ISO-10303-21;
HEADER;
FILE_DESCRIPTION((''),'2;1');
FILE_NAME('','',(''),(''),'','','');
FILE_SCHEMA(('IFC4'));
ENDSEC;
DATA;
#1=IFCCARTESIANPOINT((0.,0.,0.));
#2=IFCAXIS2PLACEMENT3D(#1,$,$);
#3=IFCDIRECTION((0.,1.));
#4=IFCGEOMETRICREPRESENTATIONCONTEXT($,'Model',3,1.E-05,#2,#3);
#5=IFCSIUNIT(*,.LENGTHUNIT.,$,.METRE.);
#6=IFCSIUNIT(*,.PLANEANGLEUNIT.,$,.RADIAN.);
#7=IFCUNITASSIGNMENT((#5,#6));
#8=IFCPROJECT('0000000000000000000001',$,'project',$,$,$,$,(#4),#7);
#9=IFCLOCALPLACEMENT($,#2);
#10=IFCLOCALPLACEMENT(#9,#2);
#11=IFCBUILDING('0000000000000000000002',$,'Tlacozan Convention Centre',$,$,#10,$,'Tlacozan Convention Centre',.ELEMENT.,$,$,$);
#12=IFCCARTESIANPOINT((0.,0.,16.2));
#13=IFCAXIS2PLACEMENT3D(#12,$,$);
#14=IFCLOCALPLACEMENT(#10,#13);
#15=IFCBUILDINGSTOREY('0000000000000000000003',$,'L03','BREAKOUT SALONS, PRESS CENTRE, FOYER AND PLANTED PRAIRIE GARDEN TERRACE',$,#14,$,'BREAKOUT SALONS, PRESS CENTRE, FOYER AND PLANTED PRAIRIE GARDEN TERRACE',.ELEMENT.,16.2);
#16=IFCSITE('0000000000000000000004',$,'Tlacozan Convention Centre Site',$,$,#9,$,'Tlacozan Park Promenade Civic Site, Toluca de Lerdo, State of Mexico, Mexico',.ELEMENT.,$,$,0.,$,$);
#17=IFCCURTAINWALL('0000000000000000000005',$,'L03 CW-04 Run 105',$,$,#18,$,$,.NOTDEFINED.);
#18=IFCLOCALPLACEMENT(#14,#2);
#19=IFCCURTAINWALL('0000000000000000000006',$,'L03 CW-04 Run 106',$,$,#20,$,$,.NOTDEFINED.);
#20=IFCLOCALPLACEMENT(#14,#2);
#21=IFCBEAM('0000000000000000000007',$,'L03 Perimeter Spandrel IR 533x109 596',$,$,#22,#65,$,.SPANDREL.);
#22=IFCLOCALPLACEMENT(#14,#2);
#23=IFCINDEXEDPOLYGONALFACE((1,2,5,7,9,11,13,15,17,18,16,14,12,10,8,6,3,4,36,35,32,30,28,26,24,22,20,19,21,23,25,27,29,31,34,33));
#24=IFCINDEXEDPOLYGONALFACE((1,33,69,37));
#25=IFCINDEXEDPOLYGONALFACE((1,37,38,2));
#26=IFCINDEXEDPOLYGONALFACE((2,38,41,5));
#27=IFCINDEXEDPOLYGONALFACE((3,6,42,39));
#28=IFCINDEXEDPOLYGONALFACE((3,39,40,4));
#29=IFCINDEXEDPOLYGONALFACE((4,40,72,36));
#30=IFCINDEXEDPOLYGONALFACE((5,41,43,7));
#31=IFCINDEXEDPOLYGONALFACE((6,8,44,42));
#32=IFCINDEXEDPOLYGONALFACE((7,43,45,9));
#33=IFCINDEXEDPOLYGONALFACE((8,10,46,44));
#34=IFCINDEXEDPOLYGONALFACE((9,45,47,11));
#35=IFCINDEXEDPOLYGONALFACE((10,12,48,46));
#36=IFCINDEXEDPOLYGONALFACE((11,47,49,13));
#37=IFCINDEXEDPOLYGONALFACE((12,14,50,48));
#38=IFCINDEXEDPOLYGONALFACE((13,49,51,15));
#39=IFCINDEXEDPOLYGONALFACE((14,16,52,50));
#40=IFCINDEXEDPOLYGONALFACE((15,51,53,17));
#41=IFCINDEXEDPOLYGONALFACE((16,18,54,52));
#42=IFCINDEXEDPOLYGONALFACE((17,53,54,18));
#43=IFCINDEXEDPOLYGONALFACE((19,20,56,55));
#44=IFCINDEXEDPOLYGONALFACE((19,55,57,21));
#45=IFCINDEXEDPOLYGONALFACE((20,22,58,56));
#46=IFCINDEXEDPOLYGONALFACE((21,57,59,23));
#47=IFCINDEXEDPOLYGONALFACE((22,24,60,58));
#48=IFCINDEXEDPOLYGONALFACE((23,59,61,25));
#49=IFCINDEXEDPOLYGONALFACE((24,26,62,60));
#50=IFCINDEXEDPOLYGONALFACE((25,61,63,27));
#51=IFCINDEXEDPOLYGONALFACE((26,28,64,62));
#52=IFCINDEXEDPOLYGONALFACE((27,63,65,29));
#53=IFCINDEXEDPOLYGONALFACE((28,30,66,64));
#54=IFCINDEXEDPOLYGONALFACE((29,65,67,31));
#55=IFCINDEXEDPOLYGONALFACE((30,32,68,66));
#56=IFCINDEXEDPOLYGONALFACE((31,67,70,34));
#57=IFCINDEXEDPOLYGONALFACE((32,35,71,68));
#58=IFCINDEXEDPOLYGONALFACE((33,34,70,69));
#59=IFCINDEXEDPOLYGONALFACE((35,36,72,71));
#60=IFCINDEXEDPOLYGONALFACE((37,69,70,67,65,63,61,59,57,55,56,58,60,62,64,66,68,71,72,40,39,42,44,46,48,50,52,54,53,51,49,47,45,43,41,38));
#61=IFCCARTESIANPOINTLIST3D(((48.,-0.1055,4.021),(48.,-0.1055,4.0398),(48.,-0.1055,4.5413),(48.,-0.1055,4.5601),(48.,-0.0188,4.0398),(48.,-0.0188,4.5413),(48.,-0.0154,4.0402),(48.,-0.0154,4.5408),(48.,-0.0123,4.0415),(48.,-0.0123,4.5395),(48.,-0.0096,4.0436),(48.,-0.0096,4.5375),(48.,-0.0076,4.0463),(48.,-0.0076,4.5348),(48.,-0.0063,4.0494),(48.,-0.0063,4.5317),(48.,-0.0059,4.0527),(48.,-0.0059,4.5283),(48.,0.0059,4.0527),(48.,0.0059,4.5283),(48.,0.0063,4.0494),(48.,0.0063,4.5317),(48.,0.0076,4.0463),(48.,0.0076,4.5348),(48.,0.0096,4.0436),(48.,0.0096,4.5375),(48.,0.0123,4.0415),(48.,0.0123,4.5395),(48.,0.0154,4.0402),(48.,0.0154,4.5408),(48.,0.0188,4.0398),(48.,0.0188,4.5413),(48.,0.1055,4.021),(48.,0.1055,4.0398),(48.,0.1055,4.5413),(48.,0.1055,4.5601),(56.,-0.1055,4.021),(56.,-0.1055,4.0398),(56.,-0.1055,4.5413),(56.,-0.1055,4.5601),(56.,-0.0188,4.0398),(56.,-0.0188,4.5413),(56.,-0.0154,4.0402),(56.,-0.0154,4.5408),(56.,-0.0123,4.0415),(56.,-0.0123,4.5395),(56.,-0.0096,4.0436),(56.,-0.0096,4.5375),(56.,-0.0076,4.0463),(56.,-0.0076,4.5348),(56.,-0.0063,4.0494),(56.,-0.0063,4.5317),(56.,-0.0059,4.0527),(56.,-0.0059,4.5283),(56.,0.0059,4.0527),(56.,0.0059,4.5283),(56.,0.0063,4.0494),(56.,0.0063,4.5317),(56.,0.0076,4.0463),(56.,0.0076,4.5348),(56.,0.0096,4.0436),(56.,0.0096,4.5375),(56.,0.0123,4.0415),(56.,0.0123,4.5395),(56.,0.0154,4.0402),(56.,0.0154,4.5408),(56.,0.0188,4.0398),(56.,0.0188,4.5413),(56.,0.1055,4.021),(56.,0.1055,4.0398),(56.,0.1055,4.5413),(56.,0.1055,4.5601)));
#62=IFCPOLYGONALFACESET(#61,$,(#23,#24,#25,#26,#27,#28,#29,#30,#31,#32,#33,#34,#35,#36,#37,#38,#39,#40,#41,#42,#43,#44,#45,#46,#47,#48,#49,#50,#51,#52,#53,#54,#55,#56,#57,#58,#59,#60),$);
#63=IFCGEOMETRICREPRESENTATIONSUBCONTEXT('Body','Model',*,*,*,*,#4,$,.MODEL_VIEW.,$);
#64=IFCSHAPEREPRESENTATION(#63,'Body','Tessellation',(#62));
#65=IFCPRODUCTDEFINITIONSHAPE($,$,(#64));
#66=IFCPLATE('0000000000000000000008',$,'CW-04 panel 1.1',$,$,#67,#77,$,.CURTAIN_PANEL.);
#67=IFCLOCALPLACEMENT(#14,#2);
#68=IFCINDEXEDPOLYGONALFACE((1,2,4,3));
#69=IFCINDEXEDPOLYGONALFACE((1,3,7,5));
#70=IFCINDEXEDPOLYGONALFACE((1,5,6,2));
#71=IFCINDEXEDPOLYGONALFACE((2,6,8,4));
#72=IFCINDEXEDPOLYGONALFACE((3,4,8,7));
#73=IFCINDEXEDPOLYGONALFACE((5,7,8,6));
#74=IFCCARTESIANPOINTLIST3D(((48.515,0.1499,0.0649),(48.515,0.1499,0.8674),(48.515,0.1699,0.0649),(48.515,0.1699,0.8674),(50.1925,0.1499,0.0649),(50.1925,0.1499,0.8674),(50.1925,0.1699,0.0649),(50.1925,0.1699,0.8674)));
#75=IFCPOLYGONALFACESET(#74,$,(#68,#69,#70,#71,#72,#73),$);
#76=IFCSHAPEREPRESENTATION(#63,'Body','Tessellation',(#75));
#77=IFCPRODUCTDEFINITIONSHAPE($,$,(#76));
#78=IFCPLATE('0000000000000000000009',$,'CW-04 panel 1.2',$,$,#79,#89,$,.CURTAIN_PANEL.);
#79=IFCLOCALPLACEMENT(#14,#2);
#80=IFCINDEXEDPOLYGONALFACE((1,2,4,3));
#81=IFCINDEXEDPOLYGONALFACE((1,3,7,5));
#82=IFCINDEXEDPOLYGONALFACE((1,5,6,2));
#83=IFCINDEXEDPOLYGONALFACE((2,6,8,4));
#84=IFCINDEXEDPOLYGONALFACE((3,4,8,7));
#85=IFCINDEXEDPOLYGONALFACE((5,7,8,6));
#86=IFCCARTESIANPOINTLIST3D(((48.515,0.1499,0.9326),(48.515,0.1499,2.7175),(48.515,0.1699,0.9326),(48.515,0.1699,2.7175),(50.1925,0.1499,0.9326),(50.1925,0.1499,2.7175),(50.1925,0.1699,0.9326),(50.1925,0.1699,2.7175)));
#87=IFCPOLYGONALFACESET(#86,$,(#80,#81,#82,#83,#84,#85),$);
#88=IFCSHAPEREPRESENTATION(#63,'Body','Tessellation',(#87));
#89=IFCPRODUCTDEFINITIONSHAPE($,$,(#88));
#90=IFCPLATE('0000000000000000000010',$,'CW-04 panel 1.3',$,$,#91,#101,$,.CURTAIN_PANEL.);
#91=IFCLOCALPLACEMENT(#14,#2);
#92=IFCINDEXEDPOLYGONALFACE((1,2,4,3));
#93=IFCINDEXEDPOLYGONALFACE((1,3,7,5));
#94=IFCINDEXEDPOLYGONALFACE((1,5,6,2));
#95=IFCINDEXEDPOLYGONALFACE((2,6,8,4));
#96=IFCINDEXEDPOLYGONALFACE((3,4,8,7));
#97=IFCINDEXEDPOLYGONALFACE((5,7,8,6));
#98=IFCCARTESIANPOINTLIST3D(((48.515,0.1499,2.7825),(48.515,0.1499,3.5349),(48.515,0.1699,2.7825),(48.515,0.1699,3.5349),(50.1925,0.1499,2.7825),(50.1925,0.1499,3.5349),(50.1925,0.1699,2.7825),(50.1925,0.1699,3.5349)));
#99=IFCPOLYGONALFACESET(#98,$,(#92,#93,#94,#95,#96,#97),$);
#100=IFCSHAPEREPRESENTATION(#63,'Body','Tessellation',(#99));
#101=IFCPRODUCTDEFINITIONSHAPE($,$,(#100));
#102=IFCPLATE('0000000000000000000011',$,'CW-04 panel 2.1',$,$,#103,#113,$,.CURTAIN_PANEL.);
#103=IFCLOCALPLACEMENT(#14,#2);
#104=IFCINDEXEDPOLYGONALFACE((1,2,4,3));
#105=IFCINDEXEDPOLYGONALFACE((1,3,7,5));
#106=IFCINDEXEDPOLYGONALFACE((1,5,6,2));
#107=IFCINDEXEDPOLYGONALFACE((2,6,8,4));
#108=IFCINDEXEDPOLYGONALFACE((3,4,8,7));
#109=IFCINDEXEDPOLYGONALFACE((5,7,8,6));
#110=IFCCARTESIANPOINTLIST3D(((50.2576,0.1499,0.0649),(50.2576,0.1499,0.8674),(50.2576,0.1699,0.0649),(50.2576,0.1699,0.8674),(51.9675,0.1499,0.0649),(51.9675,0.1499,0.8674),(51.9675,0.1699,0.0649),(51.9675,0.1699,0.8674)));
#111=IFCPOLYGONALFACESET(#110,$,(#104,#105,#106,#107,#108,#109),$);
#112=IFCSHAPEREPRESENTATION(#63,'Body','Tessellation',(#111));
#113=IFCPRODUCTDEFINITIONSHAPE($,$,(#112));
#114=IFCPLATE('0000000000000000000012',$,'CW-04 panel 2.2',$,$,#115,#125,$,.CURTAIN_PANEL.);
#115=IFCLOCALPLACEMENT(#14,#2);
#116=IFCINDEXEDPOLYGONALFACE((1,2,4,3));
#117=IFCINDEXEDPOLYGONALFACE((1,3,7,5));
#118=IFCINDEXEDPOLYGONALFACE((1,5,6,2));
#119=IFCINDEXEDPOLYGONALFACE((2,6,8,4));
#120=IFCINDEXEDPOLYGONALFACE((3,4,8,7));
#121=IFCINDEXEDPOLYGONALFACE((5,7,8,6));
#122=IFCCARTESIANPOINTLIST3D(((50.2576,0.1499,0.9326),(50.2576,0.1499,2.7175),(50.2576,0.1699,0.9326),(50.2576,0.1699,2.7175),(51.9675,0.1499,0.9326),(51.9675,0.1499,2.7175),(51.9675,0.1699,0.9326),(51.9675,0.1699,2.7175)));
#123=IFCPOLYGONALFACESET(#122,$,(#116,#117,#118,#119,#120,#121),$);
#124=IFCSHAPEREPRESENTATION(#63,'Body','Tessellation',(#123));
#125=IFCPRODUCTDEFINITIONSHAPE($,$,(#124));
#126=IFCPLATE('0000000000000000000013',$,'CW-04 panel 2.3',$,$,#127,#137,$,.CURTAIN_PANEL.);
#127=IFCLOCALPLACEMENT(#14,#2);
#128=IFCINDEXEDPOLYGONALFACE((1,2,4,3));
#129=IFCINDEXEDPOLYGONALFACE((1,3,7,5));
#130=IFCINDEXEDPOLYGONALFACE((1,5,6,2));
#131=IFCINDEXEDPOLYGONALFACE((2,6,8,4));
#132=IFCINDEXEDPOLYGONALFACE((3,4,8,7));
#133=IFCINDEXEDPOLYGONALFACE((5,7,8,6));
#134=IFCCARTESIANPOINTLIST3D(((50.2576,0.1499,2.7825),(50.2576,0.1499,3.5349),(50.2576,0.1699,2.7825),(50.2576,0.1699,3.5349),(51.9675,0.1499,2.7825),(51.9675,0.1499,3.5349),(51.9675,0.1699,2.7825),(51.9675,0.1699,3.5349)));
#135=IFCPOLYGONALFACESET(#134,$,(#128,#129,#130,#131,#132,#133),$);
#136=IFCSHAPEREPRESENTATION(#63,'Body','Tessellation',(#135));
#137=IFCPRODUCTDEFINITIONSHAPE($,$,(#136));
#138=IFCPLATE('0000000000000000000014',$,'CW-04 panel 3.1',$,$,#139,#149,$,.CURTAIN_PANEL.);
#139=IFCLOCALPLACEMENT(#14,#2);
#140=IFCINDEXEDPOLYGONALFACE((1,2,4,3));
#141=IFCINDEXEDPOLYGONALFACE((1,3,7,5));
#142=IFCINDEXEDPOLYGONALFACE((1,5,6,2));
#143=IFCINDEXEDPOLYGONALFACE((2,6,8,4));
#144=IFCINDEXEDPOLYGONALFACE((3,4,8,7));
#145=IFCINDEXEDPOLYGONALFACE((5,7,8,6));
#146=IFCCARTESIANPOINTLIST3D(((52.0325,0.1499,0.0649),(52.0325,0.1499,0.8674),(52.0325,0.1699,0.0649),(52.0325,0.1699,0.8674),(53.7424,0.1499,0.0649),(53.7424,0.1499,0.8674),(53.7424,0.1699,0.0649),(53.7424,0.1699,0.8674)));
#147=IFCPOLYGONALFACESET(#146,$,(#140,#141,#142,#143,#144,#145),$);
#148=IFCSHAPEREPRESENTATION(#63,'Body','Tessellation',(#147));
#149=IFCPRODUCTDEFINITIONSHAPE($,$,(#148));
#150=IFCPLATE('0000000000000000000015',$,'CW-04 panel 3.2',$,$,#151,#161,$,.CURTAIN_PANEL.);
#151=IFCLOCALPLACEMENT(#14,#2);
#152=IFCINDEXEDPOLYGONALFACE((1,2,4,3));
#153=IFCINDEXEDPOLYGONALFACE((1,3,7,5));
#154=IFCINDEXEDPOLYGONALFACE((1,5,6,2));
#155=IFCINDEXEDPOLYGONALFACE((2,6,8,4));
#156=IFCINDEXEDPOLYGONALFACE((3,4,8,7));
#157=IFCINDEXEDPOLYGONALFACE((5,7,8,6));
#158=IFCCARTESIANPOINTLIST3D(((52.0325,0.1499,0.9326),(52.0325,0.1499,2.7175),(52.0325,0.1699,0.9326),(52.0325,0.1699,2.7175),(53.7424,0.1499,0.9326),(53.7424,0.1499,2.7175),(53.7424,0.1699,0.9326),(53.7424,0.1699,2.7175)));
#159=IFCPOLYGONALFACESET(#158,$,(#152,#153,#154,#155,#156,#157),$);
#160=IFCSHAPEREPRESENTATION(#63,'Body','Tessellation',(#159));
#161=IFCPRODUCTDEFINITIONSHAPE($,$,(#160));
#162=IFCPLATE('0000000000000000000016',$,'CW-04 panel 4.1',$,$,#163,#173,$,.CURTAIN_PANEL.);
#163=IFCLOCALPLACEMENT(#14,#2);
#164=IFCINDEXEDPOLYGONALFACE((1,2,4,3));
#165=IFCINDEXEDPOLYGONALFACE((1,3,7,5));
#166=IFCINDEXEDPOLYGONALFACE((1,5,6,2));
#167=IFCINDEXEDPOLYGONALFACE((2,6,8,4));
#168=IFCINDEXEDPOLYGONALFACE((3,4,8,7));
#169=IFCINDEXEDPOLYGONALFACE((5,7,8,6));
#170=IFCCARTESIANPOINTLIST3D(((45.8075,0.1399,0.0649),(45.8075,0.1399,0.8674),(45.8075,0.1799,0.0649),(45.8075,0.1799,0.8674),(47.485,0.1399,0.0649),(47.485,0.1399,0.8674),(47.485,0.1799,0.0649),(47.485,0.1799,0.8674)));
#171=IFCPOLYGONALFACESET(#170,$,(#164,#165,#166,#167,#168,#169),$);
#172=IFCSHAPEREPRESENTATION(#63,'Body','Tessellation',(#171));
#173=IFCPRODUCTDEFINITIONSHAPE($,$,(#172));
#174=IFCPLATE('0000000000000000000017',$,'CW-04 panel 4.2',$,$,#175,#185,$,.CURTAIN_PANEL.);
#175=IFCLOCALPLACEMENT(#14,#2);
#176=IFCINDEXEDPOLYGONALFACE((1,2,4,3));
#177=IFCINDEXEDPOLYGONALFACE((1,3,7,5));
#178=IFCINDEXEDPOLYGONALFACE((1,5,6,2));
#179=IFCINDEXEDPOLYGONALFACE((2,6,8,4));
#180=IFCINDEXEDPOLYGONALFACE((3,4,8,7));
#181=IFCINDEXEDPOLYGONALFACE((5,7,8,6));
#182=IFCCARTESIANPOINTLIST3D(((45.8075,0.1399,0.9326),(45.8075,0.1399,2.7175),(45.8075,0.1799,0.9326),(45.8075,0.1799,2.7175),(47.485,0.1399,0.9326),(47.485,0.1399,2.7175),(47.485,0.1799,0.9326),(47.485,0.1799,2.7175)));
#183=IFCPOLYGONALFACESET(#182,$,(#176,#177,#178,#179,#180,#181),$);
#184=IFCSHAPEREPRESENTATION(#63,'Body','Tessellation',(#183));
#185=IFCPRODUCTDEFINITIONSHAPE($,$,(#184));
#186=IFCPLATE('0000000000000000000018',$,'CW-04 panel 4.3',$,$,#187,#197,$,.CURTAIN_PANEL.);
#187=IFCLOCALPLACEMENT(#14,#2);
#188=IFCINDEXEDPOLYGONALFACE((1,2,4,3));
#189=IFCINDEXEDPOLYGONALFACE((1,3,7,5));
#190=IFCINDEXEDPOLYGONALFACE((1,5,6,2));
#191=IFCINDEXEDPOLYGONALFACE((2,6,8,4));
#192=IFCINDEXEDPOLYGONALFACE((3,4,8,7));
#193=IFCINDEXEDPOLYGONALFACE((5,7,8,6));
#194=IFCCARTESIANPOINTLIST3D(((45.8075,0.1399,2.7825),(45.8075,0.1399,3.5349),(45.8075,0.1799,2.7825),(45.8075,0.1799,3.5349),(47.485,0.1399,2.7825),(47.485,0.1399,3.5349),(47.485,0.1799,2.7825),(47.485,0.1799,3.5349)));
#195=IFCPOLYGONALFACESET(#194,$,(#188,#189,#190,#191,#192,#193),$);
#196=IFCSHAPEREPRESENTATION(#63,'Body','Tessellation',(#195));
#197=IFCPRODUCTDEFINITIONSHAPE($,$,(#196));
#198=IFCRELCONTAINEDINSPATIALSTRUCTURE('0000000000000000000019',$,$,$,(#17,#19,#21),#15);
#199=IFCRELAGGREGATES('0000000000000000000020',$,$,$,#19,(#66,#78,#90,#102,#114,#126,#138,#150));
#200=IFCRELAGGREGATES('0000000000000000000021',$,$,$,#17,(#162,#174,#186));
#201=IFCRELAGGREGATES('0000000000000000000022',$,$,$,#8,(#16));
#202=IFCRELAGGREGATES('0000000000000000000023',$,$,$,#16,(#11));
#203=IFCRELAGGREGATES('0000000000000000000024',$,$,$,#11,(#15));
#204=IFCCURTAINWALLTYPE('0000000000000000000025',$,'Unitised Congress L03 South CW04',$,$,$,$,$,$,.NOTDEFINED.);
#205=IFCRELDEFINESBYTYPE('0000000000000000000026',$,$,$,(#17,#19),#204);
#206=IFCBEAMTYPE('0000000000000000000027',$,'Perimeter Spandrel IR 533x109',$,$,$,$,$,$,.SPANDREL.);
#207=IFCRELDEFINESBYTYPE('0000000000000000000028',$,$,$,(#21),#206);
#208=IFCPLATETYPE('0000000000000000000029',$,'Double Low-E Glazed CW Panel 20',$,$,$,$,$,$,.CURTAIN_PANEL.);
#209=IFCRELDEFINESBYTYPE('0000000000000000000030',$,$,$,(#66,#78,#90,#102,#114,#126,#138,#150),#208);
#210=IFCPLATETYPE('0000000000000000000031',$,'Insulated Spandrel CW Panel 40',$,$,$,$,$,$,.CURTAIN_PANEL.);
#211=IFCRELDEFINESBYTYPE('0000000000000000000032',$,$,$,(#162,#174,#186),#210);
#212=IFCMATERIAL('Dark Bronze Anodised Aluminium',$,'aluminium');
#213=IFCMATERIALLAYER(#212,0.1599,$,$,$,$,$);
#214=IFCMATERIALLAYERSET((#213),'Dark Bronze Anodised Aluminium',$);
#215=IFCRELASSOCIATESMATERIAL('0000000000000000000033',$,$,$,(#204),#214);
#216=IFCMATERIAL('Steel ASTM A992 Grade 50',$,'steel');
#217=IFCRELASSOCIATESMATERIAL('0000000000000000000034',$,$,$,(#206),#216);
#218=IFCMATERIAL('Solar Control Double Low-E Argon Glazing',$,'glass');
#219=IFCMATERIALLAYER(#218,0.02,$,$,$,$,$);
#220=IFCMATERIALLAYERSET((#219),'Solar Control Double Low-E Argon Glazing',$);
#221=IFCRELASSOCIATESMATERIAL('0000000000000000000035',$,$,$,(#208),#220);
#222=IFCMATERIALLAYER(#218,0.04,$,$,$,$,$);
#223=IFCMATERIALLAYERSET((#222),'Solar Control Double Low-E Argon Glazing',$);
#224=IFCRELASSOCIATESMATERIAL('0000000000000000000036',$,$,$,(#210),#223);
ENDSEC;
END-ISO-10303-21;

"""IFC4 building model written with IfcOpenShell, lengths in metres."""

from ifc_helpers import new_model, si_unit, direction, frame, origin, origin_2d, place, context, subcontext, project, spatial, rectangle, i_section, extrude, material, layer, layer_set, material_profile, profile_set, type_object, element, aggregate, save


model = new_model("IFC4")

# Units and contexts
model_context = context("Model", 3, precision=1e-05, world=origin(), true_north=direction((0.0, 1.0)))
body_context = subcontext(model_context, "Body", "Model", "MODEL_VIEW")
ifc_project = project(units=[si_unit("LENGTHUNIT", "METRE"), si_unit("PLANEANGLEUNIT", "RADIAN")], contexts=[model_context])

# Site, building, storey
site_placement = place(None, origin())
site = spatial("IfcSite", under=ifc_project, at=site_placement, Name="Tlacozan Convention Centre Site", LongName="Tlacozan Park Promenade Civic Site, Toluca de Lerdo, State of Mexico, Mexico", CompositionType="ELEMENT", RefElevation=0.0)
building_placement = place(site_placement, origin())
building = spatial("IfcBuilding", under=site, at=building_placement, Name="Tlacozan Convention Centre", LongName="Tlacozan Convention Centre", CompositionType="ELEMENT")
storey_placement = place(building_placement, frame((0.0, 0.0, 16.2)))
storey = spatial("IfcBuildingStorey", under=building, at=storey_placement, Name="L03", Description="BREAKOUT SALONS, PRESS CENTRE, FOYER AND PLANTED PRAIRIE GARDEN TERRACE", LongName="BREAKOUT SALONS, PRESS CENTRE, FOYER AND PLANTED PRAIRIE GARDEN TERRACE", CompositionType="ELEMENT", Elevation=16.2)

# Curtain walls
ifc_material_1 = material(Name="Dark Bronze Anodised Aluminium", Category="aluminium")
ifc_layer_1 = layer(ifc_material_1, 0.1599)
ifc_layer_set_1 = layer_set([ifc_layer_1], Name="Dark Bronze Anodised Aluminium")
curtain_wall_type = type_object("IfcCurtainWallType", Name="Unitised Congress L03 South CW04", PredefinedType="NOTDEFINED", material=ifc_layer_set_1)
curtain_wall_1_placement = place(storey_placement, origin())
curtain_wall_1 = element("IfcCurtainWall", 1, at=curtain_wall_1_placement, inside=storey, type_object=curtain_wall_type, Name="L03 CW-04 Run 105", PredefinedType="NOTDEFINED")
curtain_wall_2_placement = place(storey_placement, origin())
curtain_wall_2 = element("IfcCurtainWall", 2, at=curtain_wall_2_placement, inside=storey, type_object=curtain_wall_type, Name="L03 CW-04 Run 106", PredefinedType="NOTDEFINED")

# Beam
ifc_material_2 = material(Name="Steel ASTM A992 Grade 50", Category="steel")
ifc_material_profile_1 = material_profile(ifc_material_2, i_section(OverallWidth=0.2109, OverallDepth=0.5391, WebThickness=0.0117, FlangeThickness=0.0188, FilletRadius=0.0129, at=origin_2d()), Name="IR 533x109.0")
ifc_profile_set_1 = profile_set([ifc_material_profile_1], Name="Steel ASTM A992 Grade 50")
beam_type_1 = type_object("IfcBeamType", Name="Perimeter Spandrel IR 533x109", PredefinedType="SPANDREL", material=ifc_profile_set_1)
beam_1_placement = place(storey_placement, frame((48.0, 0.0, 4.2905), z_axis=(1.0, 0.0, 0.0), x_axis=(0.0, 1.0, 0.0)))
element("IfcBeam", 3, at=beam_1_placement, inside=storey, type_object=beam_type_1, Name="L03 Perimeter Spandrel IR 533x109 596", PredefinedType="SPANDREL", context=body_context, shape_type="SweptSolid", body=[
    extrude(i_section(OverallWidth=0.2109, OverallDepth=0.5391, WebThickness=0.0117, FlangeThickness=0.0188, FilletRadius=0.0129, at=origin_2d()), origin(), (0.0, 0.0, 1.0), 8.0),
])

# Plates
ifc_material_3 = material(Name="Solar Control Double Low-E Argon Glazing", Category="glass")
ifc_layer_2 = layer(ifc_material_3, 0.02)
ifc_layer_set_2 = layer_set([ifc_layer_2], Name="Solar Control Double Low-E Argon Glazing")
plate_type_1 = type_object("IfcPlateType", Name="Double Low-E Glazed CW Panel 20", PredefinedType="CURTAIN_PANEL", material=ifc_layer_set_2)
plate_1_placement = place(storey_placement, frame((49.3538, 0.1599, 0.0649), z_axis=(0.0, 0.0, 1.0), x_axis=(1.0, 0.0, 0.0)))
plate_1 = element("IfcPlate", 4, at=plate_1_placement, type_object=plate_type_1, Name="CW-04 panel 1.1", PredefinedType="CURTAIN_PANEL", context=body_context, shape_type="SweptSolid", body=[
    extrude(rectangle(XDim=1.6775, YDim=0.02, at=origin_2d()), origin(), (0.0, 0.0, 1.0), 0.8025),
])
plate_2_placement = place(storey_placement, frame((49.3538, 0.1599, 0.9326), z_axis=(0.0, 0.0, 1.0), x_axis=(1.0, 0.0, 0.0)))
plate_2 = element("IfcPlate", 5, at=plate_2_placement, type_object=plate_type_1, Name="CW-04 panel 1.2", PredefinedType="CURTAIN_PANEL", context=body_context, shape_type="SweptSolid", body=[
    extrude(rectangle(XDim=1.6775, YDim=0.02, at=origin_2d()), origin(), (0.0, 0.0, 1.0), 1.7849),
])
plate_3_placement = place(storey_placement, frame((49.3538, 0.1599, 2.7825), z_axis=(0.0, 0.0, 1.0), x_axis=(1.0, 0.0, 0.0)))
plate_3 = element("IfcPlate", 6, at=plate_3_placement, type_object=plate_type_1, Name="CW-04 panel 1.3", PredefinedType="CURTAIN_PANEL", context=body_context, shape_type="SweptSolid", body=[
    extrude(rectangle(XDim=1.6775, YDim=0.02, at=origin_2d()), origin(), (0.0, 0.0, 1.0), 0.7524),
])
plate_4_placement = place(storey_placement, frame((51.1125, 0.1599, 0.0649), z_axis=(0.0, 0.0, 1.0), x_axis=(1.0, 0.0, 0.0)))
plate_4 = element("IfcPlate", 7, at=plate_4_placement, type_object=plate_type_1, Name="CW-04 panel 2.1", PredefinedType="CURTAIN_PANEL", context=body_context, shape_type="SweptSolid", body=[
    extrude(rectangle(XDim=1.71, YDim=0.02, at=origin_2d()), origin(), (0.0, 0.0, 1.0), 0.8025),
])
plate_5_placement = place(storey_placement, frame((51.1125, 0.1599, 0.9326), z_axis=(0.0, 0.0, 1.0), x_axis=(1.0, 0.0, 0.0)))
plate_5 = element("IfcPlate", 8, at=plate_5_placement, type_object=plate_type_1, Name="CW-04 panel 2.2", PredefinedType="CURTAIN_PANEL", context=body_context, shape_type="SweptSolid", body=[
    extrude(rectangle(XDim=1.71, YDim=0.02, at=origin_2d()), origin(), (0.0, 0.0, 1.0), 1.7849),
])
plate_6_placement = place(storey_placement, frame((51.1125, 0.1599, 2.7825), z_axis=(0.0, 0.0, 1.0), x_axis=(1.0, 0.0, 0.0)))
plate_6 = element("IfcPlate", 9, at=plate_6_placement, type_object=plate_type_1, Name="CW-04 panel 2.3", PredefinedType="CURTAIN_PANEL", context=body_context, shape_type="SweptSolid", body=[
    extrude(rectangle(XDim=1.71, YDim=0.02, at=origin_2d()), origin(), (0.0, 0.0, 1.0), 0.7524),
])
plate_7_placement = place(storey_placement, frame((52.8875, 0.1599, 0.0649), z_axis=(0.0, 0.0, 1.0), x_axis=(1.0, 0.0, 0.0)))
plate_7 = element("IfcPlate", 10, at=plate_7_placement, type_object=plate_type_1, Name="CW-04 panel 3.1", PredefinedType="CURTAIN_PANEL", context=body_context, shape_type="SweptSolid", body=[
    extrude(rectangle(XDim=1.71, YDim=0.02, at=origin_2d()), origin(), (0.0, 0.0, 1.0), 0.8025),
])
plate_8_placement = place(storey_placement, frame((52.8875, 0.1599, 0.9326), z_axis=(0.0, 0.0, 1.0), x_axis=(1.0, 0.0, 0.0)))
plate_8 = element("IfcPlate", 11, at=plate_8_placement, type_object=plate_type_1, Name="CW-04 panel 3.2", PredefinedType="CURTAIN_PANEL", context=body_context, shape_type="SweptSolid", body=[
    extrude(rectangle(XDim=1.71, YDim=0.02, at=origin_2d()), origin(), (0.0, 0.0, 1.0), 1.7849),
])
aggregate(curtain_wall_2, [plate_1, plate_2, plate_3, plate_4, plate_5, plate_6, plate_7, plate_8])
ifc_layer_3 = layer(ifc_material_3, 0.04)
ifc_layer_set_3 = layer_set([ifc_layer_3], Name="Solar Control Double Low-E Argon Glazing")
plate_type_2 = type_object("IfcPlateType", Name="Insulated Spandrel CW Panel 40", PredefinedType="CURTAIN_PANEL", material=ifc_layer_set_3)
plate_9_placement = place(storey_placement, frame((46.6462, 0.1599, 0.0649), z_axis=(0.0, 0.0, 1.0), x_axis=(1.0, 0.0, 0.0)))
plate_9 = element("IfcPlate", 12, at=plate_9_placement, type_object=plate_type_2, Name="CW-04 panel 4.1", PredefinedType="CURTAIN_PANEL", context=body_context, shape_type="SweptSolid", body=[
    extrude(rectangle(XDim=1.6775, YDim=0.04, at=origin_2d()), origin(), (0.0, 0.0, 1.0), 0.8025),
])
plate_10_placement = place(storey_placement, frame((46.6462, 0.1599, 0.9326), z_axis=(0.0, 0.0, 1.0), x_axis=(1.0, 0.0, 0.0)))
plate_10 = element("IfcPlate", 13, at=plate_10_placement, type_object=plate_type_2, Name="CW-04 panel 4.2", PredefinedType="CURTAIN_PANEL", context=body_context, shape_type="SweptSolid", body=[
    extrude(rectangle(XDim=1.6775, YDim=0.04, at=origin_2d()), origin(), (0.0, 0.0, 1.0), 1.7849),
])
plate_11_placement = place(storey_placement, frame((46.6462, 0.1599, 2.7825), z_axis=(0.0, 0.0, 1.0), x_axis=(1.0, 0.0, 0.0)))
plate_11 = element("IfcPlate", 14, at=plate_11_placement, type_object=plate_type_2, Name="CW-04 panel 4.3", PredefinedType="CURTAIN_PANEL", context=body_context, shape_type="SweptSolid", body=[
    extrude(rectangle(XDim=1.6775, YDim=0.04, at=origin_2d()), origin(), (0.0, 0.0, 1.0), 0.7524),
])
aggregate(curtain_wall_1, [plate_9, plate_10, plate_11])

save(model, "model.ifc")
